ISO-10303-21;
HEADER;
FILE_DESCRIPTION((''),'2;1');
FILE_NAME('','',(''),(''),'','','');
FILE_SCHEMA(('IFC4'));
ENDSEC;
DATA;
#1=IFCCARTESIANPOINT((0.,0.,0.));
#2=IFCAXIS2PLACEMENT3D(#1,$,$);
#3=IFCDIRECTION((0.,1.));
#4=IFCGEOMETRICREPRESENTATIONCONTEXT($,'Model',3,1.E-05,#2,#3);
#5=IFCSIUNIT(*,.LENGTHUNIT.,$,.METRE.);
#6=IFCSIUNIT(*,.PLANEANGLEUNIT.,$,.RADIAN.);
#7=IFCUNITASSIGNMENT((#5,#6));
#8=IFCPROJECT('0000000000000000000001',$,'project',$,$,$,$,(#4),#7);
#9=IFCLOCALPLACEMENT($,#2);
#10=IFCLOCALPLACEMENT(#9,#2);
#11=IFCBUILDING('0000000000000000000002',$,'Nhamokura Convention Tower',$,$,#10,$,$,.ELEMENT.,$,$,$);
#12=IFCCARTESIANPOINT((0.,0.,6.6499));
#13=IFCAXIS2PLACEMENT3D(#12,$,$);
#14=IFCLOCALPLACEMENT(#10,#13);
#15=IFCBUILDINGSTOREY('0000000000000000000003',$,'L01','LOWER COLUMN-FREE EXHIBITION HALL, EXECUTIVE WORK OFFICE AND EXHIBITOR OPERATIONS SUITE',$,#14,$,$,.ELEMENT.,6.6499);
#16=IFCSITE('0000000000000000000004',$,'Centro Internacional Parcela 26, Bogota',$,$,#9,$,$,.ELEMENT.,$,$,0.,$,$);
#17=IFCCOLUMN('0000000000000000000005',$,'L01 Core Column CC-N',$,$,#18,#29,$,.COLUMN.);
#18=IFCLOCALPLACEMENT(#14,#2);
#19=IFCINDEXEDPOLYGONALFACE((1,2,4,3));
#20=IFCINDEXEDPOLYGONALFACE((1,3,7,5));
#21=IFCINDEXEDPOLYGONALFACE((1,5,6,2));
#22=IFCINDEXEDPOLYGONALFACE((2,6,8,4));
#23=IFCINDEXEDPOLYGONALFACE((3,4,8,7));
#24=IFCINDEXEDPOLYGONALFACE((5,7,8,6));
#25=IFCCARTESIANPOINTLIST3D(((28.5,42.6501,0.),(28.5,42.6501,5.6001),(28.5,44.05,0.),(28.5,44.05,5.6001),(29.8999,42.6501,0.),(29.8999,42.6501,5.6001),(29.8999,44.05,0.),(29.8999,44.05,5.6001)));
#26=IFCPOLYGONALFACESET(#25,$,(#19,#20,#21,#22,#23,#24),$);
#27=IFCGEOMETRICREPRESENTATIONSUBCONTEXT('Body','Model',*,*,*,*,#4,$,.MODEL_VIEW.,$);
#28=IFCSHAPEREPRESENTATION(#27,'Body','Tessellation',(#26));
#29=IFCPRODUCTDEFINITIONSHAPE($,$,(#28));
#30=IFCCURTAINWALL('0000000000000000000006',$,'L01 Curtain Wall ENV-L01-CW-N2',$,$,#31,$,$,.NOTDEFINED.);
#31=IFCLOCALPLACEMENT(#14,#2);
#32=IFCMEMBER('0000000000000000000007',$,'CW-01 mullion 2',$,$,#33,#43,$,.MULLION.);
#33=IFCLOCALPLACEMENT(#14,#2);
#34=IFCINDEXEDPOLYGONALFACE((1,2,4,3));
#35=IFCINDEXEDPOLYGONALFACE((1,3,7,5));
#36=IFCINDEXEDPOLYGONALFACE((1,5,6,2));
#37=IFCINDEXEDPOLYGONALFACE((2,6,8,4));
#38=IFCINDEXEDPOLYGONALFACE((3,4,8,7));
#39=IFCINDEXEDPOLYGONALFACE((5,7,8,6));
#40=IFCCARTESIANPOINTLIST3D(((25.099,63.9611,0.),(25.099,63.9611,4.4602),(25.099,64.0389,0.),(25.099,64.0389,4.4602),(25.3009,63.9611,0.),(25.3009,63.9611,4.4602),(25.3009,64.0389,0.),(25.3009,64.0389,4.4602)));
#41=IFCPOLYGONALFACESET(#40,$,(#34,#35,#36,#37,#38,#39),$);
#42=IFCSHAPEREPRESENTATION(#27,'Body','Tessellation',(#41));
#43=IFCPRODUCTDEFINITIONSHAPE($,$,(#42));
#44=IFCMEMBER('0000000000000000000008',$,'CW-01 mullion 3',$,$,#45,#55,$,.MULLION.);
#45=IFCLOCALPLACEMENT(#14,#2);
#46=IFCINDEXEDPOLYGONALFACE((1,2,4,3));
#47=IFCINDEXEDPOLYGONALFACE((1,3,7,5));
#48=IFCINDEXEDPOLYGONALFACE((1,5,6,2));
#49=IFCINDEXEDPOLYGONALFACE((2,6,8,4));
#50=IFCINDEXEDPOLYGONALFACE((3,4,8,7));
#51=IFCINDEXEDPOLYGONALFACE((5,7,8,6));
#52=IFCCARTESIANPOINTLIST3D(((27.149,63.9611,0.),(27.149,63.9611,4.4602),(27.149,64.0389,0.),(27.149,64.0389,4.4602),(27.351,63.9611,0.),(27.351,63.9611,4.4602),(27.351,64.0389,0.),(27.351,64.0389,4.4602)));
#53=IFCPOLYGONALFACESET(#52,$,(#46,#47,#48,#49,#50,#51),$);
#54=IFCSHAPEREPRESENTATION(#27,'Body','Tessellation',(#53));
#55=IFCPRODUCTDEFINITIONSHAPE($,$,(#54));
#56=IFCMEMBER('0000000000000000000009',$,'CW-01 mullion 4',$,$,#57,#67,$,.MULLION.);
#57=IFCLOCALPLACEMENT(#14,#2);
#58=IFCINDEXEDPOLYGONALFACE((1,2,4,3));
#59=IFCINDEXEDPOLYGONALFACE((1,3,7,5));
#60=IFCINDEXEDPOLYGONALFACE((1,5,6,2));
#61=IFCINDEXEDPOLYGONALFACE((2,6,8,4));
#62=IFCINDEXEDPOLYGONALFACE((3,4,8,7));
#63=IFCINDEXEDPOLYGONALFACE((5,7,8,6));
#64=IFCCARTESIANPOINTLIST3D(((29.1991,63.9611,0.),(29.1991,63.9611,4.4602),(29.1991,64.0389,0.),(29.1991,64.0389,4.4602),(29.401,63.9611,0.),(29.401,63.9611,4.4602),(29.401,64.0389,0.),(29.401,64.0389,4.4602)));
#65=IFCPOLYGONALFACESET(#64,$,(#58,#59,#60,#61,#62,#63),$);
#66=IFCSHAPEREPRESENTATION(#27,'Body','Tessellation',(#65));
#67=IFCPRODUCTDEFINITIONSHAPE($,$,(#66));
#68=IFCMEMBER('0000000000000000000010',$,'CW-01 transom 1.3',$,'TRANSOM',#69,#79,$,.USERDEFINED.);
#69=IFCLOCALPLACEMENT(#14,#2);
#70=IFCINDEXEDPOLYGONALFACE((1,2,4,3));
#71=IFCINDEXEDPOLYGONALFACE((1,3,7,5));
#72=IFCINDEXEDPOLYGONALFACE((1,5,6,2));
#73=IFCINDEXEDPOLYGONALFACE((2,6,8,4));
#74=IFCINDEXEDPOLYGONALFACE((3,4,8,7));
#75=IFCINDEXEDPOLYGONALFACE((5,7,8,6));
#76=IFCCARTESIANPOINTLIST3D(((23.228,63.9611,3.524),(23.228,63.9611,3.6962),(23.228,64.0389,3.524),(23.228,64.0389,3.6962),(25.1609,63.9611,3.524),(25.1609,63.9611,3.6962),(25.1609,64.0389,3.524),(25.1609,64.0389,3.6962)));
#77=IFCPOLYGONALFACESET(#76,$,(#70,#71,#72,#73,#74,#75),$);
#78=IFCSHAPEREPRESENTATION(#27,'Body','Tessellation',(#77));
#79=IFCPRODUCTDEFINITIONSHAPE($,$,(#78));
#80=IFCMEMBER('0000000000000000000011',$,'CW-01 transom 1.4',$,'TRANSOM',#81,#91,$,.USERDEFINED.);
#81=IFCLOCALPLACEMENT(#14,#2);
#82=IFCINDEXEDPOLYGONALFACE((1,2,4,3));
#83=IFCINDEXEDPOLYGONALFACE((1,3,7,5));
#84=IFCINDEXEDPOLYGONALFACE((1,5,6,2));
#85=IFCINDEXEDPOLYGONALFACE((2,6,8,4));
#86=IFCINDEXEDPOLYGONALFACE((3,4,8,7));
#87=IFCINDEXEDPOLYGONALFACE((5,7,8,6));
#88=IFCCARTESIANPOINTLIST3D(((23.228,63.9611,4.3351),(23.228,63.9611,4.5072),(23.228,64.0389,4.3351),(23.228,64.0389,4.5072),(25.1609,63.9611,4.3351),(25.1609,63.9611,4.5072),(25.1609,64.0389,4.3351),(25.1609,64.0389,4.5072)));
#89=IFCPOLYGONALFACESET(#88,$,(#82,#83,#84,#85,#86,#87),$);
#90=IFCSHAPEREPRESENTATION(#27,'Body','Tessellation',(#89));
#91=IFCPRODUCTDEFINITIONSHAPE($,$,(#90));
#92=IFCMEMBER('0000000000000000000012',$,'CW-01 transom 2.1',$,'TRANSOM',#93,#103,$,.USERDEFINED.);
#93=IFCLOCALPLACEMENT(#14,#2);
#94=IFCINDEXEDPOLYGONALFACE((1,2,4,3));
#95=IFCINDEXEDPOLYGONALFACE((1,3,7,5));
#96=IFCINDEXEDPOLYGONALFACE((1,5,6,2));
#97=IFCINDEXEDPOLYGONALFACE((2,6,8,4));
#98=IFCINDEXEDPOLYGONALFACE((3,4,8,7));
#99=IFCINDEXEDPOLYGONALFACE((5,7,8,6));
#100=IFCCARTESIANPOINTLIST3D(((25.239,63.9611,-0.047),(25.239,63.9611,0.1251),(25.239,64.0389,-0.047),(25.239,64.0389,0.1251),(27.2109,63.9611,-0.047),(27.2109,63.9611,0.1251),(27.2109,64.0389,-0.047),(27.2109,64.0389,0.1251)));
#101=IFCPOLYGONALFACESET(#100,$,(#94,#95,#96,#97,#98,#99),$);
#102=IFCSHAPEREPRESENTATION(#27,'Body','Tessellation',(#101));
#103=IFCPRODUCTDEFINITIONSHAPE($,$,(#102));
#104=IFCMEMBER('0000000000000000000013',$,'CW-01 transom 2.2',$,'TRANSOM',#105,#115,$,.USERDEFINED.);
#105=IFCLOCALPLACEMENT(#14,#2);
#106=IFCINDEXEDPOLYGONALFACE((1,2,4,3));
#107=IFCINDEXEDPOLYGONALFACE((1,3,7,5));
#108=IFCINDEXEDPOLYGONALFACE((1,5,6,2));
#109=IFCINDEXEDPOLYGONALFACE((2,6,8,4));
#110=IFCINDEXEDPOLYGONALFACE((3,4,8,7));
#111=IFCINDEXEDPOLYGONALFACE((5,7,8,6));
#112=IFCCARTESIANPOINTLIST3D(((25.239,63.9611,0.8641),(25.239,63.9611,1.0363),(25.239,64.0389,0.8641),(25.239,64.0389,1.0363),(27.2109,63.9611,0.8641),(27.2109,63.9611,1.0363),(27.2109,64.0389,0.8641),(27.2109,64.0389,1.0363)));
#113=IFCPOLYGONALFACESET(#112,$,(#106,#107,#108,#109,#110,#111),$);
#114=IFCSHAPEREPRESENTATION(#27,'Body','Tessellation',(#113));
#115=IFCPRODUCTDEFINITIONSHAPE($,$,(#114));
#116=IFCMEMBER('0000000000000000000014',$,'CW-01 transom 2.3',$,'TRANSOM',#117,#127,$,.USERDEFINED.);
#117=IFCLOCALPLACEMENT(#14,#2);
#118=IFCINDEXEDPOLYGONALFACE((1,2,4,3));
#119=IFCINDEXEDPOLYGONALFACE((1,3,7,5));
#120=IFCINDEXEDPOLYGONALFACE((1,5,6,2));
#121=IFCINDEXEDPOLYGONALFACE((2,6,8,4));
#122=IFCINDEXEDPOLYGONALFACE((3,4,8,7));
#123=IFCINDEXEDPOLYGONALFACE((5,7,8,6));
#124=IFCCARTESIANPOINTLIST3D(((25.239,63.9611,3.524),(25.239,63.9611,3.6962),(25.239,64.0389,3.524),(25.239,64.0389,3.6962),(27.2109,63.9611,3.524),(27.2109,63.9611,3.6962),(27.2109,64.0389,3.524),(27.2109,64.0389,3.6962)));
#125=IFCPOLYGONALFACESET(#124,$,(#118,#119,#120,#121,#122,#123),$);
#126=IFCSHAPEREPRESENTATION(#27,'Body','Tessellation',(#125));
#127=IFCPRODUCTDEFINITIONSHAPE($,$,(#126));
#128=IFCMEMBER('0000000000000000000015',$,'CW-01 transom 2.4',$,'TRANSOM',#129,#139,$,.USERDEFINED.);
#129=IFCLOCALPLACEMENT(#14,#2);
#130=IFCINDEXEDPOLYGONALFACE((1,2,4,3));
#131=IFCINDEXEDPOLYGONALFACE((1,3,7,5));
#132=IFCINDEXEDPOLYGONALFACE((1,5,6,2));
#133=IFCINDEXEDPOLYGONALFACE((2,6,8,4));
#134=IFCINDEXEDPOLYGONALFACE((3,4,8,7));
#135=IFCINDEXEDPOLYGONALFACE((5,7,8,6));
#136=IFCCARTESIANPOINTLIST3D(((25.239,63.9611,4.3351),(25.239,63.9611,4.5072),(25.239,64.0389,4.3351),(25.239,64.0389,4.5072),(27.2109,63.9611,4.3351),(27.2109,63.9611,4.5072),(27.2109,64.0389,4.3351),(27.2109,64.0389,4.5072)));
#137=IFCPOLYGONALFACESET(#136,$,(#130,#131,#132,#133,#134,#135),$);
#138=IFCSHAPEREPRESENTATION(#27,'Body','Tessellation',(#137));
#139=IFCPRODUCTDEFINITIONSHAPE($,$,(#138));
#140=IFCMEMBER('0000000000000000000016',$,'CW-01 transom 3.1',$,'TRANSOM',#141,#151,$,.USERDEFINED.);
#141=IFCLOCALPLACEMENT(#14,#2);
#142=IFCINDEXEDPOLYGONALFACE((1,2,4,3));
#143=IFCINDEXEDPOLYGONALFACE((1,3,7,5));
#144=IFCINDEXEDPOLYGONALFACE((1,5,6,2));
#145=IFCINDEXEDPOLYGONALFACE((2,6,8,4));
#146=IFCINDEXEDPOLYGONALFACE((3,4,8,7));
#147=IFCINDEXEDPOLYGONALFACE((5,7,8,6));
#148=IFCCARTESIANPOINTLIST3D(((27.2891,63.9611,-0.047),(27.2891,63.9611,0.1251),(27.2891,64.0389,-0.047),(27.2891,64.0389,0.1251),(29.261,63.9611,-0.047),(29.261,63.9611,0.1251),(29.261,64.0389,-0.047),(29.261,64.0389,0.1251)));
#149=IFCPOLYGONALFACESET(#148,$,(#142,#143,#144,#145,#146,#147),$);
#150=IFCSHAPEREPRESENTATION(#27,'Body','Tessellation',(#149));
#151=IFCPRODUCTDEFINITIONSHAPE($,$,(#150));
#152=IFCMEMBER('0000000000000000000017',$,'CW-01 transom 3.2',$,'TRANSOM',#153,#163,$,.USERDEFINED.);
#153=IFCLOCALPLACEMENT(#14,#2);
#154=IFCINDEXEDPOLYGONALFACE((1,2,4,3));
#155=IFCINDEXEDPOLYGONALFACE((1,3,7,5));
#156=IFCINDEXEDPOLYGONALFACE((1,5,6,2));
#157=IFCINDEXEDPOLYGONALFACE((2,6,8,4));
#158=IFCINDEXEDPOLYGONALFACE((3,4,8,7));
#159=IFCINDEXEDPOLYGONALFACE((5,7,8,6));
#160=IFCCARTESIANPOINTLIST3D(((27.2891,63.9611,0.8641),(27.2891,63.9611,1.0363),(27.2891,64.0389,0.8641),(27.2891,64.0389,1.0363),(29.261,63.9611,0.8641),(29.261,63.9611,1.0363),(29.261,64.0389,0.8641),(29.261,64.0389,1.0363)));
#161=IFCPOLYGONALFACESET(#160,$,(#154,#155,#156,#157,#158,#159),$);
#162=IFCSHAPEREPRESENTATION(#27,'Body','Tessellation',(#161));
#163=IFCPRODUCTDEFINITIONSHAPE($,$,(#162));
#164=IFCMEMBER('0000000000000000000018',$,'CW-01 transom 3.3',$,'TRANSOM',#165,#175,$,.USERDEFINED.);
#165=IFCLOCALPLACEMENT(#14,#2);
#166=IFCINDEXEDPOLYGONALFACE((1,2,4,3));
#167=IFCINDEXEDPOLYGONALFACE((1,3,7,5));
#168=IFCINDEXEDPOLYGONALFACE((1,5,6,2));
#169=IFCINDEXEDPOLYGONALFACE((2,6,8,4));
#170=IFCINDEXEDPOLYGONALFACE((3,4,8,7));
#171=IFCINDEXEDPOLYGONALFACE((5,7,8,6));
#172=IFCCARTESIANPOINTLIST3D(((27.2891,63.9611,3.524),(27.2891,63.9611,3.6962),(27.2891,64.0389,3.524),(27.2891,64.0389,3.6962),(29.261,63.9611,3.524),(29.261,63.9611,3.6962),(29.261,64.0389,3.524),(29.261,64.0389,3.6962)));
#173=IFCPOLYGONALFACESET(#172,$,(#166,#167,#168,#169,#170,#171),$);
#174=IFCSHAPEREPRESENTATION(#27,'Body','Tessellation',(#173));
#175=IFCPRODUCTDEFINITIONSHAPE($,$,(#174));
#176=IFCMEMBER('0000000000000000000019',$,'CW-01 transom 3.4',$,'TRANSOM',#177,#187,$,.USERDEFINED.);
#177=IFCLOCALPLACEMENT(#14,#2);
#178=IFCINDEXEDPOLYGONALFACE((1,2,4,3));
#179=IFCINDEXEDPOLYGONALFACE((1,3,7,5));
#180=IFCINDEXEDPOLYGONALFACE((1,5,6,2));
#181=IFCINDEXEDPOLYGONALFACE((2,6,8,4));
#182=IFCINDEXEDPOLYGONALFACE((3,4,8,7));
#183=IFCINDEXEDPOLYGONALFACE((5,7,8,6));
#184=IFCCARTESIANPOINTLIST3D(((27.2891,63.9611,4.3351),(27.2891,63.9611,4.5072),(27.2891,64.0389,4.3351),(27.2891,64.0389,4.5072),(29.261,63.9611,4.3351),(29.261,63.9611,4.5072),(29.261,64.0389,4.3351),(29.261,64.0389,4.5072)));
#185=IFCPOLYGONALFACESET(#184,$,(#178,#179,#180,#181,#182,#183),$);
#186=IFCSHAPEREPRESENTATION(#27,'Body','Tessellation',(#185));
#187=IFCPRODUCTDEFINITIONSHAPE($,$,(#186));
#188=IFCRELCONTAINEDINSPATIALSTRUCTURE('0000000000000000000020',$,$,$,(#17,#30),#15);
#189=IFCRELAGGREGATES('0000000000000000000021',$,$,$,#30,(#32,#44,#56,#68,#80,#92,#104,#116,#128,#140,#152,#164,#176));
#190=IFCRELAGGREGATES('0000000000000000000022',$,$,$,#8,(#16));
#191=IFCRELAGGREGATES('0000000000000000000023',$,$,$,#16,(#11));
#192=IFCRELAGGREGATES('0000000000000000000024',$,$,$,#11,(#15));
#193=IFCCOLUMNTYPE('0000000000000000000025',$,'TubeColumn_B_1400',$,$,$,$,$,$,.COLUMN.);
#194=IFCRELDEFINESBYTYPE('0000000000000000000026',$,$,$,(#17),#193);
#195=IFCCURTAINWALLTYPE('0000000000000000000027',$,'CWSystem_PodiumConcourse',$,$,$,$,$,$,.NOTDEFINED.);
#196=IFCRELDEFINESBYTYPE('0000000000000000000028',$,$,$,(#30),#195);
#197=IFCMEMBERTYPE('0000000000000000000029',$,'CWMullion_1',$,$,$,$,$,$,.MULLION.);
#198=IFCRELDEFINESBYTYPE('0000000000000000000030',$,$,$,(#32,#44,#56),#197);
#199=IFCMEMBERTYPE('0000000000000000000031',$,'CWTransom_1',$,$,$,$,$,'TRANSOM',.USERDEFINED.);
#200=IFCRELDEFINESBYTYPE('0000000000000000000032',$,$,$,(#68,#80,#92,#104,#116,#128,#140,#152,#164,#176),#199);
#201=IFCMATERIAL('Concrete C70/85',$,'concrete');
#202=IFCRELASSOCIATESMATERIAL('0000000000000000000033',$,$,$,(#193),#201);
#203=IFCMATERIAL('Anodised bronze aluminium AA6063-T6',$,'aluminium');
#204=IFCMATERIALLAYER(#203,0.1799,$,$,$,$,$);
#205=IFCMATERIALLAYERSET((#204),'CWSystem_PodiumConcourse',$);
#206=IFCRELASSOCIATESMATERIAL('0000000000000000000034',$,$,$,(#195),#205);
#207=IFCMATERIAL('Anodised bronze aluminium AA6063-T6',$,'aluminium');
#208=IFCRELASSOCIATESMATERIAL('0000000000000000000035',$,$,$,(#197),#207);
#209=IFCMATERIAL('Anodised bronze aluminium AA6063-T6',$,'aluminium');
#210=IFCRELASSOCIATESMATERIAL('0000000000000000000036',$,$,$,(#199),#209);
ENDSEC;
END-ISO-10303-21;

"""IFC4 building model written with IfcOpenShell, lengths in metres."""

from ifc_helpers import new_model, si_unit, direction, frame, origin, origin_2d, place, context, subcontext, project, spatial, rectangle, extrude, material, layer, layer_set, material_profile, profile_set, type_object, element, aggregate, save


model = new_model("IFC4")

# Units and contexts
model_context = context("Model", 3, precision=1e-05, world=origin(), true_north=direction((0.0, 1.0)))
body_context = subcontext(model_context, "Body", "Model", "MODEL_VIEW")
ifc_project = project(units=[si_unit("LENGTHUNIT", "METRE"), si_unit("PLANEANGLEUNIT", "RADIAN")], contexts=[model_context])

# Site, building, storey
site_placement = place(None, origin())
site = spatial("IfcSite", under=ifc_project, at=site_placement, Name="Centro Internacional Parcela 26, Bogota", CompositionType="ELEMENT", RefElevation=0.0)
building_placement = place(site_placement, origin())
building = spatial("IfcBuilding", under=site, at=building_placement, Name="Nhamokura Convention Tower", CompositionType="ELEMENT")
storey_placement = place(building_placement, frame((0.0, 0.0, 6.6499)))
storey = spatial("IfcBuildingStorey", under=building, at=storey_placement, Name="L01", Description="LOWER COLUMN-FREE EXHIBITION HALL, EXECUTIVE WORK OFFICE AND EXHIBITOR OPERATIONS SUITE", CompositionType="ELEMENT", Elevation=6.6499)

# Column
ifc_material_1 = material(Name="Concrete C70/85", Category="concrete")
ifc_material_profile_1 = material_profile(ifc_material_1, rectangle(XDim=1.3999, YDim=1.3999, at=origin_2d()))
ifc_profile_set_1 = profile_set([ifc_material_profile_1], Name="Concrete C70/85")
column_type = type_object("IfcColumnType", Name="TubeColumn_B_1400", PredefinedType="COLUMN", material=ifc_profile_set_1)
column_placement = place(storey_placement, frame((29.2, 43.3501, 0.0), z_axis=(0.0, 0.0, 1.0), x_axis=(1.0, 0.0, 0.0)))
element("IfcColumn", 1, at=column_placement, inside=storey, type_object=column_type, Name="L01 Core Column CC-N", PredefinedType="COLUMN", context=body_context, shape_type="SweptSolid", body=[
    extrude(rectangle(XDim=1.3999, YDim=1.3999, at=origin_2d()), origin(), (0.0, 0.0, 1.0), 5.6001),
])

# Curtain wall, members
ifc_material_2 = material(Name="Anodised bronze aluminium AA6063-T6", Category="aluminium")
ifc_layer_1 = layer(ifc_material_2, 0.1799)
ifc_layer_set_1 = layer_set([ifc_layer_1], Name="CWSystem_PodiumConcourse")
curtain_wall_type = type_object("IfcCurtainWallType", Name="CWSystem_PodiumConcourse", PredefinedType="NOTDEFINED", material=ifc_layer_set_1)
curtain_wall_placement = place(storey_placement, origin())
curtain_wall = element("IfcCurtainWall", 2, at=curtain_wall_placement, inside=storey, type_object=curtain_wall_type, Name="L01 Curtain Wall ENV-L01-CW-N2", PredefinedType="NOTDEFINED")
ifc_material_3 = material(Name="Anodised bronze aluminium AA6063-T6", Category="aluminium")
ifc_material_profile_2 = material_profile(ifc_material_3, rectangle(XDim=0.0779, YDim=0.2019, at=origin_2d()))
ifc_profile_set_2 = profile_set([ifc_material_profile_2], Name="Anodised bronze aluminium AA6063-T6")
member_type_1 = type_object("IfcMemberType", Name="CWMullion_1", PredefinedType="MULLION", material=ifc_profile_set_2)
member_1_placement = place(storey_placement, frame((25.2, 64.0, 0.0), z_axis=(0.0, 0.0, 1.0), x_axis=(0.0, 1.0, 0.0)))
member_1 = element("IfcMember", 3, at=member_1_placement, type_object=member_type_1, Name="CW-01 mullion 2", PredefinedType="MULLION", context=body_context, shape_type="SweptSolid", body=[
    extrude(rectangle(XDim=0.0779, YDim=0.2019, at=origin_2d()), origin(), (0.0, 0.0, 1.0), 4.4602),
])
member_2_placement = place(storey_placement, frame((27.25, 64.0, 0.0), z_axis=(0.0, 0.0, 1.0), x_axis=(0.0, 1.0, 0.0)))
member_2 = element("IfcMember", 4, at=member_2_placement, type_object=member_type_1, Name="CW-01 mullion 3", PredefinedType="MULLION", context=body_context, shape_type="SweptSolid", body=[
    extrude(rectangle(XDim=0.0779, YDim=0.2019, at=origin_2d()), origin(), (0.0, 0.0, 1.0), 4.4602),
])
member_3_placement = place(storey_placement, frame((29.3, 64.0, 0.0), z_axis=(0.0, 0.0, 1.0), x_axis=(0.0, 1.0, 0.0)))
member_3 = element("IfcMember", 5, at=member_3_placement, type_object=member_type_1, Name="CW-01 mullion 4", PredefinedType="MULLION", context=body_context, shape_type="SweptSolid", body=[
    extrude(rectangle(XDim=0.0779, YDim=0.2019, at=origin_2d()), origin(), (0.0, 0.0, 1.0), 4.4602),
])
ifc_material_4 = material(Name="Anodised bronze aluminium AA6063-T6", Category="aluminium")
ifc_material_profile_3 = material_profile(ifc_material_4, rectangle(XDim=0.0779, YDim=0.1721, at=origin_2d()))
ifc_profile_set_3 = profile_set([ifc_material_profile_3], Name="Anodised bronze aluminium AA6063-T6")
member_type_2 = type_object("IfcMemberType", Name="CWTransom_1", ElementType="TRANSOM", PredefinedType="USERDEFINED", material=ifc_profile_set_3)
member_4_placement = place(storey_placement, frame((23.228, 64.0, 3.6101), z_axis=(1.0, 0.0, 0.0), x_axis=(0.0, 1.0, 0.0)))
member_4 = element("IfcMember", 6, at=member_4_placement, type_object=member_type_2, Name="CW-01 transom 1.3", ObjectType="TRANSOM", PredefinedType="USERDEFINED", context=body_context, shape_type="SweptSolid", body=[
    extrude(rectangle(XDim=0.0779, YDim=0.1721, at=origin_2d()), origin(), (0.0, 0.0, 1.0), 1.9329),
])
member_5_placement = place(storey_placement, frame((23.228, 64.0, 4.4211), z_axis=(1.0, 0.0, 0.0), x_axis=(0.0, 1.0, 0.0)))
member_5 = element("IfcMember", 7, at=member_5_placement, type_object=member_type_2, Name="CW-01 transom 1.4", ObjectType="TRANSOM", PredefinedType="USERDEFINED", context=body_context, shape_type="SweptSolid", body=[
    extrude(rectangle(XDim=0.0779, YDim=0.1721, at=origin_2d()), origin(), (0.0, 0.0, 1.0), 1.9329),
])
member_6_placement = place(storey_placement, frame((25.239, 64.0, 0.0391), z_axis=(1.0, 0.0, 0.0), x_axis=(0.0, 1.0, 0.0)))
member_6 = element("IfcMember", 8, at=member_6_placement, type_object=member_type_2, Name="CW-01 transom 2.1", ObjectType="TRANSOM", PredefinedType="USERDEFINED", context=body_context, shape_type="SweptSolid", body=[
    extrude(rectangle(XDim=0.0779, YDim=0.1721, at=origin_2d()), origin(), (0.0, 0.0, 1.0), 1.9719),
])
member_7_placement = place(storey_placement, frame((25.239, 64.0, 0.9502), z_axis=(1.0, 0.0, 0.0), x_axis=(0.0, 1.0, 0.0)))
member_7 = element("IfcMember", 9, at=member_7_placement, type_object=member_type_2, Name="CW-01 transom 2.2", ObjectType="TRANSOM", PredefinedType="USERDEFINED", context=body_context, shape_type="SweptSolid", body=[
    extrude(rectangle(XDim=0.0779, YDim=0.1721, at=origin_2d()), origin(), (0.0, 0.0, 1.0), 1.9719),
])
member_8_placement = place(storey_placement, frame((25.239, 64.0, 3.6101), z_axis=(1.0, 0.0, 0.0), x_axis=(0.0, 1.0, 0.0)))
member_8 = element("IfcMember", 10, at=member_8_placement, type_object=member_type_2, Name="CW-01 transom 2.3", ObjectType="TRANSOM", PredefinedType="USERDEFINED", context=body_context, shape_type="SweptSolid", body=[
    extrude(rectangle(XDim=0.0779, YDim=0.1721, at=origin_2d()), origin(), (0.0, 0.0, 1.0), 1.9719),
])
member_9_placement = place(storey_placement, frame((25.239, 64.0, 4.4211), z_axis=(1.0, 0.0, 0.0), x_axis=(0.0, 1.0, 0.0)))
member_9 = element("IfcMember", 11, at=member_9_placement, type_object=member_type_2, Name="CW-01 transom 2.4", ObjectType="TRANSOM", PredefinedType="USERDEFINED", context=body_context, shape_type="SweptSolid", body=[
    extrude(rectangle(XDim=0.0779, YDim=0.1721, at=origin_2d()), origin(), (0.0, 0.0, 1.0), 1.9719),
])
member_10_placement = place(storey_placement, frame((27.2891, 64.0, 0.0391), z_axis=(1.0, 0.0, 0.0), x_axis=(0.0, 1.0, 0.0)))
member_10 = element("IfcMember", 12, at=member_10_placement, type_object=member_type_2, Name="CW-01 transom 3.1", ObjectType="TRANSOM", PredefinedType="USERDEFINED", context=body_context, shape_type="SweptSolid", body=[
    extrude(rectangle(XDim=0.0779, YDim=0.1721, at=origin_2d()), origin(), (0.0, 0.0, 1.0), 1.9719),
])
member_11_placement = place(storey_placement, frame((27.2891, 64.0, 0.9502), z_axis=(1.0, 0.0, 0.0), x_axis=(0.0, 1.0, 0.0)))
member_11 = element("IfcMember", 13, at=member_11_placement, type_object=member_type_2, Name="CW-01 transom 3.2", ObjectType="TRANSOM", PredefinedType="USERDEFINED", context=body_context, shape_type="SweptSolid", body=[
    extrude(rectangle(XDim=0.0779, YDim=0.1721, at=origin_2d()), origin(), (0.0, 0.0, 1.0), 1.9719),
])
member_12_placement = place(storey_placement, frame((27.2891, 64.0, 3.6101), z_axis=(1.0, 0.0, 0.0), x_axis=(0.0, 1.0, 0.0)))
member_12 = element("IfcMember", 14, at=member_12_placement, type_object=member_type_2, Name="CW-01 transom 3.3", ObjectType="TRANSOM", PredefinedType="USERDEFINED", context=body_context, shape_type="SweptSolid", body=[
    extrude(rectangle(XDim=0.0779, YDim=0.1721, at=origin_2d()), origin(), (0.0, 0.0, 1.0), 1.9719),
])
member_13_placement = place(storey_placement, frame((27.2891, 64.0, 4.4211), z_axis=(1.0, 0.0, 0.0), x_axis=(0.0, 1.0, 0.0)))
member_13 = element("IfcMember", 15, at=member_13_placement, type_object=member_type_2, Name="CW-01 transom 3.4", ObjectType="TRANSOM", PredefinedType="USERDEFINED", context=body_context, shape_type="SweptSolid", body=[
    extrude(rectangle(XDim=0.0779, YDim=0.1721, at=origin_2d()), origin(), (0.0, 0.0, 1.0), 1.9719),
])

aggregate(curtain_wall, [member_1, member_2, member_3, member_4, member_5, member_6, member_7, member_8, member_9, member_10, member_11, member_12, member_13])

save(model, "model.ifc")
